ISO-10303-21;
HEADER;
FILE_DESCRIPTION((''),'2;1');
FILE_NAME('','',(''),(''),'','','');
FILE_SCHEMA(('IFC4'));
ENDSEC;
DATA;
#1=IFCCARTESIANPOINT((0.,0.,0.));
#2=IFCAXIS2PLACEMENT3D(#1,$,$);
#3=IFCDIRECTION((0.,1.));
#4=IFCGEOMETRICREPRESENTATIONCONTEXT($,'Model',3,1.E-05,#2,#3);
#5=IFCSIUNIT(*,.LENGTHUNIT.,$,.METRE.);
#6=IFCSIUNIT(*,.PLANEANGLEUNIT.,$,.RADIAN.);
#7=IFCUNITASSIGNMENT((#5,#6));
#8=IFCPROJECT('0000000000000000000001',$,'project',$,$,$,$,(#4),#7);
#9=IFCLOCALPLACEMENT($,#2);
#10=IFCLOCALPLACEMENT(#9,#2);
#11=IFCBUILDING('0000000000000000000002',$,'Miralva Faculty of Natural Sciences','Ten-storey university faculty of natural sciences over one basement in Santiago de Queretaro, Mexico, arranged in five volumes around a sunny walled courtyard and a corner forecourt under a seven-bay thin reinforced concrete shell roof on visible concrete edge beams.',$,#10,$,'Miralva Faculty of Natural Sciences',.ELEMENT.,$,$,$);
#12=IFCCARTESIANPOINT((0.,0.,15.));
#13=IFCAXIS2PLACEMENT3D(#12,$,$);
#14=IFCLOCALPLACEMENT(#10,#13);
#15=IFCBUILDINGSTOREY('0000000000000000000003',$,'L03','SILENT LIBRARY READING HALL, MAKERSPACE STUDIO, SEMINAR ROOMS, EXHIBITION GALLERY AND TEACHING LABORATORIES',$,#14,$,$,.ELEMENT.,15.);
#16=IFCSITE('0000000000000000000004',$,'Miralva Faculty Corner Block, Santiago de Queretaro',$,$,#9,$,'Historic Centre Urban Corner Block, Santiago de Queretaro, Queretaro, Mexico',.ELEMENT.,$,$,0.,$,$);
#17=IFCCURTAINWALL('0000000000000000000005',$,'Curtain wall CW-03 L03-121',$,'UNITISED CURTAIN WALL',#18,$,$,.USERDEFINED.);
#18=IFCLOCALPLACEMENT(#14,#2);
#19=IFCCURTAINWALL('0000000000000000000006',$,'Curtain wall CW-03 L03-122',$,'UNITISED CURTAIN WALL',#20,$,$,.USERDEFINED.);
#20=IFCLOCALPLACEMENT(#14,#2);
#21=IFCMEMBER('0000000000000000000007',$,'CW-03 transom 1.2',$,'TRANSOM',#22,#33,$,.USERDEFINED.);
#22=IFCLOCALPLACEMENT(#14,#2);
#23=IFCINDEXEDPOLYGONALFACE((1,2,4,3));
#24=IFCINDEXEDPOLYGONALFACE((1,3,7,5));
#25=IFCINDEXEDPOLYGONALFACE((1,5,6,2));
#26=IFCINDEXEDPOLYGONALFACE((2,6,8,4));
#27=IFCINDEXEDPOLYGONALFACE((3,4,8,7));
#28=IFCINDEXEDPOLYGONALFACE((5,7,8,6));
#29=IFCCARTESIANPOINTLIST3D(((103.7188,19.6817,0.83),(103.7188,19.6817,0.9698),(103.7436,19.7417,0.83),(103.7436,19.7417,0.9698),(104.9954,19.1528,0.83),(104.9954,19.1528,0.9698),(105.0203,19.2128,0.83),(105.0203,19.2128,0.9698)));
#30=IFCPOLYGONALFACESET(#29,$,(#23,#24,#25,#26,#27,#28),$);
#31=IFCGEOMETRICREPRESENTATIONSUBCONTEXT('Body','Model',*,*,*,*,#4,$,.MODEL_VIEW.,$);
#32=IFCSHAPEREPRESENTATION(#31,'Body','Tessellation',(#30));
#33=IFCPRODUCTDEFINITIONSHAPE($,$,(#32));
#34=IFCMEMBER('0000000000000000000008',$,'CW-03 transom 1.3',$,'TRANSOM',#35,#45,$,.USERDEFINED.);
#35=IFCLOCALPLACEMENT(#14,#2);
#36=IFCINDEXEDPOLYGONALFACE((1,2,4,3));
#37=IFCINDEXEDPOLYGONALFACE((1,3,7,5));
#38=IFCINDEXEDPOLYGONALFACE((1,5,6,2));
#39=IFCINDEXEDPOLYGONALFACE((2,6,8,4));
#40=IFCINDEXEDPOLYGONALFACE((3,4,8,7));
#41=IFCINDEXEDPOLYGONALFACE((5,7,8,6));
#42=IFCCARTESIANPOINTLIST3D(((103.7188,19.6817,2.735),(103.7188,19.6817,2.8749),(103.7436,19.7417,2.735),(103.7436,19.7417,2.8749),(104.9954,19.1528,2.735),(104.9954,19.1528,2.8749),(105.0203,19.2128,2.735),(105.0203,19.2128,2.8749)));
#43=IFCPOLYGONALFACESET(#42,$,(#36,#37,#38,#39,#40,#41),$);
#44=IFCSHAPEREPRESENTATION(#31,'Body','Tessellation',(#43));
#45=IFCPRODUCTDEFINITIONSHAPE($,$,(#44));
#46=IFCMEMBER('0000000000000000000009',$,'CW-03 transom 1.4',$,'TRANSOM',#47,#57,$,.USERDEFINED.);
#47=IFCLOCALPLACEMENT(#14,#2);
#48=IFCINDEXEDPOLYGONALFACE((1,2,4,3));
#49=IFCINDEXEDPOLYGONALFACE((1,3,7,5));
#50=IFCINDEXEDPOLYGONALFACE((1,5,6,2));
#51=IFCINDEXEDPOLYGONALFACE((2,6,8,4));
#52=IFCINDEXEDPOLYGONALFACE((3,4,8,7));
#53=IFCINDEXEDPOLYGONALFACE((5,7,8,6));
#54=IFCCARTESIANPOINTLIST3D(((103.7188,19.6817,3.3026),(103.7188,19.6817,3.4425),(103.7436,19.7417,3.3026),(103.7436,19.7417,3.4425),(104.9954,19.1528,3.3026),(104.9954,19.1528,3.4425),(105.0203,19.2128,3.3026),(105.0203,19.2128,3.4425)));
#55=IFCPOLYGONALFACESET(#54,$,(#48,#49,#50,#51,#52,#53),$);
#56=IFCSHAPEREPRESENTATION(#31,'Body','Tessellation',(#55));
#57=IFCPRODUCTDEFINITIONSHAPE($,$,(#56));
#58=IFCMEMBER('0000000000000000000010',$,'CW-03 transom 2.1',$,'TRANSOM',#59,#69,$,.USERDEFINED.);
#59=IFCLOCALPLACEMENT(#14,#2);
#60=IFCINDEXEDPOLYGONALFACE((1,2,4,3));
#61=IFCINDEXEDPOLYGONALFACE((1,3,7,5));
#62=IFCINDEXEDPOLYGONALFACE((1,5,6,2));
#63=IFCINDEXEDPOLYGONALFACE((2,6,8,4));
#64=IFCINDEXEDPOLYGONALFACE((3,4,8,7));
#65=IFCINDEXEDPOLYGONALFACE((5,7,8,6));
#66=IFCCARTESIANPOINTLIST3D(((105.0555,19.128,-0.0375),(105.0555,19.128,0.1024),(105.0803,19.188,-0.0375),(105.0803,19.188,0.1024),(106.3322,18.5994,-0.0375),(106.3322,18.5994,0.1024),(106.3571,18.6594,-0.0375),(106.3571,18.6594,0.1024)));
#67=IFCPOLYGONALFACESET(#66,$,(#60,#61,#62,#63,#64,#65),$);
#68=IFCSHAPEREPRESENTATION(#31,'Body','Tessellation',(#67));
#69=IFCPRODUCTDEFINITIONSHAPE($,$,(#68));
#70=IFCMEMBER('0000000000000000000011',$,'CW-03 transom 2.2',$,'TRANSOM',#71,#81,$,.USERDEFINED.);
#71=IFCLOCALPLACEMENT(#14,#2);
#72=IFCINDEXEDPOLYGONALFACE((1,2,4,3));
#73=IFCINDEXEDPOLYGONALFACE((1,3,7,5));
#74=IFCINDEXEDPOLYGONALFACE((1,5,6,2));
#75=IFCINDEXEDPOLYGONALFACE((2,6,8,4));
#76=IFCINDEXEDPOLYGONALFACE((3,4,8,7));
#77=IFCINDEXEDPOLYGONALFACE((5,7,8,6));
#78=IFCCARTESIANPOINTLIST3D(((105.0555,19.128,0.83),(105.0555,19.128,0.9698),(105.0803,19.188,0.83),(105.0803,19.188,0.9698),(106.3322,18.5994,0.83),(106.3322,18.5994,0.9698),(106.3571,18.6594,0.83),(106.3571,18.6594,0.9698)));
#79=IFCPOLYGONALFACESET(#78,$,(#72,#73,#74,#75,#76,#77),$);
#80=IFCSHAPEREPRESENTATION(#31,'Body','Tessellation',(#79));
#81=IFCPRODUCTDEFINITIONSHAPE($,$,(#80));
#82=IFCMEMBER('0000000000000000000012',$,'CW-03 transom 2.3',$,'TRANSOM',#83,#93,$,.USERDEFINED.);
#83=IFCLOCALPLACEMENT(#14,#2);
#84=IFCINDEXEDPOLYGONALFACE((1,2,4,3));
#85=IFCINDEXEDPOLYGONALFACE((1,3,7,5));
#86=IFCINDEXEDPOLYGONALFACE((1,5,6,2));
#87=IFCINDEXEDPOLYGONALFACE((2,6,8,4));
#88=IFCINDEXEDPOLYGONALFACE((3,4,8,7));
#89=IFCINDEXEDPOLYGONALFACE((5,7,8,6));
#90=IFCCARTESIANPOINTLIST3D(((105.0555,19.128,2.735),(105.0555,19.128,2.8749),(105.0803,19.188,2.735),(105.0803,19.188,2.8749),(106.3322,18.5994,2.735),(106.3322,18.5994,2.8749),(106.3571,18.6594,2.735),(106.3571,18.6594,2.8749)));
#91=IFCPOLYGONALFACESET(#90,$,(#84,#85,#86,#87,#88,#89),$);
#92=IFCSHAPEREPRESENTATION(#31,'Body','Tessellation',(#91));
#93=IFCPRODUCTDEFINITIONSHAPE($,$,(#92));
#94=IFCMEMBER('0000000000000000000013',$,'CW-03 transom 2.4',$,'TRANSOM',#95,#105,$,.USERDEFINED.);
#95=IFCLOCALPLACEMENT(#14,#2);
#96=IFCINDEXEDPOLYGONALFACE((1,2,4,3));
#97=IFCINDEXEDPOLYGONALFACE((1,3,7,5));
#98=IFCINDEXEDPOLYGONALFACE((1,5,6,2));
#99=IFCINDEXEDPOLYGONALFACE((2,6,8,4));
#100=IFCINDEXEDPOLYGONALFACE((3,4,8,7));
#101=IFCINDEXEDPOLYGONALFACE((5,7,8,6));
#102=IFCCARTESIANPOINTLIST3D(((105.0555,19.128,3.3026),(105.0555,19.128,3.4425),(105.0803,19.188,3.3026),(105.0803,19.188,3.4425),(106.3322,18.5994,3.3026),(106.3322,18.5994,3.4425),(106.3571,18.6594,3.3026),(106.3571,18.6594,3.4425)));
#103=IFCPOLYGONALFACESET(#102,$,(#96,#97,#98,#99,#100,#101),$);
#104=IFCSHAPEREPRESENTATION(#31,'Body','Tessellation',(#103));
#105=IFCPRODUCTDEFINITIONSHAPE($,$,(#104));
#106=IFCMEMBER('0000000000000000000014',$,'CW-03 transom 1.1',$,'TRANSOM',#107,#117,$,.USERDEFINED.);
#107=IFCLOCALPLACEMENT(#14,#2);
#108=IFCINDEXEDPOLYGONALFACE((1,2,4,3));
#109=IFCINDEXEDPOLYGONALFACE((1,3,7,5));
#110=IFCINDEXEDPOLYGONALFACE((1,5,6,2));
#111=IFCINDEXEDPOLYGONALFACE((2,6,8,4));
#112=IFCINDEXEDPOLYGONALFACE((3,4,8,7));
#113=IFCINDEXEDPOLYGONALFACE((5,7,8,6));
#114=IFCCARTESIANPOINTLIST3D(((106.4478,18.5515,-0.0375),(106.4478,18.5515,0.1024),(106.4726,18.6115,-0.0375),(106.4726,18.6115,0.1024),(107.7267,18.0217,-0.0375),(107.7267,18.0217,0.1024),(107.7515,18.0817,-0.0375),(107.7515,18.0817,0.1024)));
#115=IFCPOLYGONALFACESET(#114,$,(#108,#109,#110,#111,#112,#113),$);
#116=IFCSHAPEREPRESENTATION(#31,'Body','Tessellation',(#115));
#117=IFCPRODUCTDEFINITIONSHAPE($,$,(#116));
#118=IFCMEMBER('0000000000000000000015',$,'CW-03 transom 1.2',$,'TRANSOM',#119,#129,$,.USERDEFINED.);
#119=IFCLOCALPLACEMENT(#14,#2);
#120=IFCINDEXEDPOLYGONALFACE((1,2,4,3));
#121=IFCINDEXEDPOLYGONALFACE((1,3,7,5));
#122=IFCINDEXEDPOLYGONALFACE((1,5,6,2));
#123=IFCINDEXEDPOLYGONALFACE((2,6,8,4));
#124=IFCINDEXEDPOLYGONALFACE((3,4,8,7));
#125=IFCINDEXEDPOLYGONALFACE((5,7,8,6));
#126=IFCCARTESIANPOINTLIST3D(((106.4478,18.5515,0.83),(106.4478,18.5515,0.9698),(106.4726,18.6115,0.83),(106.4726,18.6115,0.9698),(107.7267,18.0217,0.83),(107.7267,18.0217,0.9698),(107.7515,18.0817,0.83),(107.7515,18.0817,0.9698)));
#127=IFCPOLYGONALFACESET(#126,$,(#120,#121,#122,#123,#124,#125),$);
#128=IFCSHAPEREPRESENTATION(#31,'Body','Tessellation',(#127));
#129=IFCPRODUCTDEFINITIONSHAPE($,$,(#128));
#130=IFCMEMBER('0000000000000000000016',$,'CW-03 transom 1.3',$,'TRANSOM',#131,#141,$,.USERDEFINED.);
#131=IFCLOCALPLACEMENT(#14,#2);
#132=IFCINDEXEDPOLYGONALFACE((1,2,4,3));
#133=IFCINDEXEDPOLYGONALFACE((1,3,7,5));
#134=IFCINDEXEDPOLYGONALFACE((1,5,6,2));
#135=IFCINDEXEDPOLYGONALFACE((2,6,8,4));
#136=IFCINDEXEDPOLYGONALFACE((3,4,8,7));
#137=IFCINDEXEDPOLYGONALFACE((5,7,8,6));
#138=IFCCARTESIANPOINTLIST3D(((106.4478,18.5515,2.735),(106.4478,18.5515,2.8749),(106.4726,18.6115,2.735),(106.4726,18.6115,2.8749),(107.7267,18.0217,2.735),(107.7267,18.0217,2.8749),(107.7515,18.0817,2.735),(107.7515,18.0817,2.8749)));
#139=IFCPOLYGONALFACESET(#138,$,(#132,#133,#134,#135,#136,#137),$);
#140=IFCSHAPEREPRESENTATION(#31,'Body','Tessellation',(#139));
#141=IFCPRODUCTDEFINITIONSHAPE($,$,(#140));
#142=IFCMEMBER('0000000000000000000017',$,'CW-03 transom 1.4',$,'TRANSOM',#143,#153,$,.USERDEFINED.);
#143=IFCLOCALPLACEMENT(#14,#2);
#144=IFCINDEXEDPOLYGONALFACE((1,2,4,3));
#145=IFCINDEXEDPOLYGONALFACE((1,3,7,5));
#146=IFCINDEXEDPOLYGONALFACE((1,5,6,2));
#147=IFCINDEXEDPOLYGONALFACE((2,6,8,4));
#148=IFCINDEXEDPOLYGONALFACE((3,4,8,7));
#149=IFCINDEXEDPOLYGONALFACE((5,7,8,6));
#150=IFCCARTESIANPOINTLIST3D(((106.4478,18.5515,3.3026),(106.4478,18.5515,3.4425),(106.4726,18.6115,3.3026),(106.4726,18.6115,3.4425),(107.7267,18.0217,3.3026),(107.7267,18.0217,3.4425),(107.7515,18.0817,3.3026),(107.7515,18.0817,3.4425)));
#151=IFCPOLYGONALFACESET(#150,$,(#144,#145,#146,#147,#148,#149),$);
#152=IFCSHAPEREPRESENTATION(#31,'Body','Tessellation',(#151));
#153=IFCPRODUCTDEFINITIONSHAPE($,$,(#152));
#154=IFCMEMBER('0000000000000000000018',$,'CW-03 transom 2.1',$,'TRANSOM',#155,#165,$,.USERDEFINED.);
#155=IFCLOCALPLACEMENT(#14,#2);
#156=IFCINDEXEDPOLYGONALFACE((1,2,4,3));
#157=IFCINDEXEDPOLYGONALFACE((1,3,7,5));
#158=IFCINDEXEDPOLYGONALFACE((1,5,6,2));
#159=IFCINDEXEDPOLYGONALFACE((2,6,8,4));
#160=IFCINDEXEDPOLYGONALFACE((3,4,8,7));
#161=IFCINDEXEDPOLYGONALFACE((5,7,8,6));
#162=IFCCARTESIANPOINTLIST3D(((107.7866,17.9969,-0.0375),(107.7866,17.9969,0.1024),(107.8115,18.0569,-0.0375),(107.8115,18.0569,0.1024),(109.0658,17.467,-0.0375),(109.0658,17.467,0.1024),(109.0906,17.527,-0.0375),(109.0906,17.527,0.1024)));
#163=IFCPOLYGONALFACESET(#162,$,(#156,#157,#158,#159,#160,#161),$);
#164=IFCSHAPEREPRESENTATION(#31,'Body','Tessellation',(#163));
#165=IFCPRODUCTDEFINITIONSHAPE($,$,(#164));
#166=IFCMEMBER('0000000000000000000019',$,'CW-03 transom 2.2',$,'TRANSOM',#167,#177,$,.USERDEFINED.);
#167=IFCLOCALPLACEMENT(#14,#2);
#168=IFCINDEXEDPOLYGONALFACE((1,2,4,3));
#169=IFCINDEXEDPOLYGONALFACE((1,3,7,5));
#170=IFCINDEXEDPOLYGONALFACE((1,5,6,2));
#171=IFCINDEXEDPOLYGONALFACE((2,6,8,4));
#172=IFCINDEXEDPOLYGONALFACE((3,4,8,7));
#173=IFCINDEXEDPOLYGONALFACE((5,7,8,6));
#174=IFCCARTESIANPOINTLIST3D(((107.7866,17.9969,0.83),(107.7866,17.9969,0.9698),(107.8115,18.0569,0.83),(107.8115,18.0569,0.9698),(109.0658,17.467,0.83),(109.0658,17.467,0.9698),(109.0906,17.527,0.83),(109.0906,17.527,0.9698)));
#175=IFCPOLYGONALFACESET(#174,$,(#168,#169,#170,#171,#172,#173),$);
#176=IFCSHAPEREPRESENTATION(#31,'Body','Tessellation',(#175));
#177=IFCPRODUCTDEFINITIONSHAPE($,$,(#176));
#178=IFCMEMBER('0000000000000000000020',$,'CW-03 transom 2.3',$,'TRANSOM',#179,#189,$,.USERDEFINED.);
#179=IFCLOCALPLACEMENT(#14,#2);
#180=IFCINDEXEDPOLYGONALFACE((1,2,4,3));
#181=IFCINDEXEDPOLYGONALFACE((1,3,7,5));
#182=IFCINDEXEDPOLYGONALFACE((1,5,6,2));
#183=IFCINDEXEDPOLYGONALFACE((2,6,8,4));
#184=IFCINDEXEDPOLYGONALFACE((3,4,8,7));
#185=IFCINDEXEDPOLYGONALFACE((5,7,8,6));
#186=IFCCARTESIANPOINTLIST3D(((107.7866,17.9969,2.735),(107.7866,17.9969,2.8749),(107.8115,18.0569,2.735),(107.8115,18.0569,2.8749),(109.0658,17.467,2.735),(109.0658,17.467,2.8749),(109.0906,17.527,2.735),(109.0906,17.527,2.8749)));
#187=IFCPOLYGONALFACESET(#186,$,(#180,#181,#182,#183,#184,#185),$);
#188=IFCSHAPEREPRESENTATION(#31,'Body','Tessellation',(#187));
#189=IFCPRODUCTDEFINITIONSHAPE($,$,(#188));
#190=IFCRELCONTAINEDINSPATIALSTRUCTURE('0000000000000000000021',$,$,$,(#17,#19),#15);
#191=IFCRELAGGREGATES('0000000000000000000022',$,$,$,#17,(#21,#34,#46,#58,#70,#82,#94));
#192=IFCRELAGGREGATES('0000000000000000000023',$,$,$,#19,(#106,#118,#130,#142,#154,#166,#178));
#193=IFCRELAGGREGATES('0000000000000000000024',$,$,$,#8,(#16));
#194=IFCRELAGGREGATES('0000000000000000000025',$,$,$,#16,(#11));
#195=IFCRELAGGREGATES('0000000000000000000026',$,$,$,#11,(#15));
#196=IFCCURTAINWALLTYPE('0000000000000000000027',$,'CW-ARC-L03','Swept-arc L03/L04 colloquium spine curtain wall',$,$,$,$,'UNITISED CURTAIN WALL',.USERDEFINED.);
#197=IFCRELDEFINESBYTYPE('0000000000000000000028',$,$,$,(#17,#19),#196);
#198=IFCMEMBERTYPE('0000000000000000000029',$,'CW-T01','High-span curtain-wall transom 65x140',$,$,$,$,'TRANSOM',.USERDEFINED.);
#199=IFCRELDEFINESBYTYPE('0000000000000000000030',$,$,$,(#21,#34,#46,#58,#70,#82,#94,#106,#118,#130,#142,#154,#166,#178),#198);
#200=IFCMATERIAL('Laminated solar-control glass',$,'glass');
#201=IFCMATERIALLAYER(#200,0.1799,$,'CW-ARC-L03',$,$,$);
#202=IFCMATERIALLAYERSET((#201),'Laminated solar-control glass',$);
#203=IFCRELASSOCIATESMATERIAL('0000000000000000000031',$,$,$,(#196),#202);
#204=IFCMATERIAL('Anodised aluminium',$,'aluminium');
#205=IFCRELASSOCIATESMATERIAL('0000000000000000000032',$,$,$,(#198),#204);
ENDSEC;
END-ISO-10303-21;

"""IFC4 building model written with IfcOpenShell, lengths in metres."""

from ifc_helpers import new_model, si_unit, direction, frame, origin, origin_2d, place, context, subcontext, project, spatial, rectangle, extrude, material, layer, layer_set, material_profile, profile_set, type_object, element, aggregate, save


model = new_model("IFC4")

# Units and contexts
model_context = context("Model", 3, precision=1e-05, world=origin(), true_north=direction((0.0, 1.0)))
body_context = subcontext(model_context, "Body", "Model", "MODEL_VIEW")
ifc_project = project(units=[si_unit("LENGTHUNIT", "METRE"), si_unit("PLANEANGLEUNIT", "RADIAN")], contexts=[model_context])

# Site, building, storey
site_placement = place(None, origin())
site = spatial("IfcSite", under=ifc_project, at=site_placement, Name="Miralva Faculty Corner Block, Santiago de Queretaro", LongName="Historic Centre Urban Corner Block, Santiago de Queretaro, Queretaro, Mexico", CompositionType="ELEMENT", RefElevation=0.0)
building_placement = place(site_placement, origin())
building = spatial("IfcBuilding", under=site, at=building_placement, Name="Miralva Faculty of Natural Sciences", Description="Ten-storey university faculty of natural sciences over one basement in Santiago de Queretaro, Mexico, arranged in five volumes around a sunny walled courtyard and a corner forecourt under a seven-bay thin reinforced concrete shell roof on visible concrete edge beams.", LongName="Miralva Faculty of Natural Sciences", CompositionType="ELEMENT")
storey_placement = place(building_placement, frame((0.0, 0.0, 15.0)))
storey = spatial("IfcBuildingStorey", under=building, at=storey_placement, Name="L03", Description="SILENT LIBRARY READING HALL, MAKERSPACE STUDIO, SEMINAR ROOMS, EXHIBITION GALLERY AND TEACHING LABORATORIES", CompositionType="ELEMENT", Elevation=15.0)

# Shared definitions
ifc_material_1 = material(Name="Laminated solar-control glass", Category="glass")
ifc_layer_1 = layer(ifc_material_1, 0.1799, Name="CW-ARC-L03")
ifc_layer_set_1 = layer_set([ifc_layer_1], Name="Laminated solar-control glass")
curtain_wall_type = type_object("IfcCurtainWallType", Name="CW-ARC-L03", Description="Swept-arc L03/L04 colloquium spine curtain wall", ElementType="UNITISED CURTAIN WALL", PredefinedType="USERDEFINED", material=ifc_layer_set_1)
ifc_material_2 = material(Name="Anodised aluminium", Category="aluminium")

# Curtain walls
curtain_wall_1_placement = place(storey_placement, origin())
curtain_wall_1 = element("IfcCurtainWall", 1, at=curtain_wall_1_placement, inside=storey, type_object=curtain_wall_type, Name="Curtain wall CW-03 L03-121", ObjectType="UNITISED CURTAIN WALL", PredefinedType="USERDEFINED")
curtain_wall_2_placement = place(storey_placement, origin())
curtain_wall_2 = element("IfcCurtainWall", 2, at=curtain_wall_2_placement, inside=storey, type_object=curtain_wall_type, Name="Curtain wall CW-03 L03-122", ObjectType="UNITISED CURTAIN WALL", PredefinedType="USERDEFINED")

# Members
ifc_material_profile_1 = material_profile(ifc_material_2, rectangle(XDim=0.0649, YDim=0.1399, at=origin_2d()), Name="TRANSOM 65x140")
ifc_profile_set_1 = profile_set([ifc_material_profile_1], Name="Anodised aluminium")
member_type_1 = type_object("IfcMemberType", Name="CW-T01", Description="High-span curtain-wall transom 65x140", ElementType="TRANSOM", PredefinedType="USERDEFINED", material=ifc_profile_set_1)
member_1_placement = place(storey_placement, frame((103.7312, 19.7117, 0.8999), z_axis=(0.923875, -0.382695, 0.0), x_axis=(0.382695, 0.923875, 0.0)))
member_1 = element("IfcMember", 3, at=member_1_placement, type_object=member_type_1, Name="CW-03 transom 1.2", ObjectType="TRANSOM", PredefinedType="USERDEFINED", context=body_context, shape_type="SweptSolid", body=[
    extrude(rectangle(XDim=0.0649, YDim=0.1399, at=origin_2d()), origin(), (0.0, 0.0, 1.0), 1.3818),
])
member_2_placement = place(storey_placement, frame((103.7312, 19.7117, 2.8049), z_axis=(0.923875, -0.382695, 0.0), x_axis=(0.382695, 0.923875, 0.0)))
member_2 = element("IfcMember", 4, at=member_2_placement, type_object=member_type_1, Name="CW-03 transom 1.3", ObjectType="TRANSOM", PredefinedType="USERDEFINED", context=body_context, shape_type="SweptSolid", body=[
    extrude(rectangle(XDim=0.0649, YDim=0.1399, at=origin_2d()), origin(), (0.0, 0.0, 1.0), 1.3818),
])
member_3_placement = place(storey_placement, frame((103.7312, 19.7117, 3.3726), z_axis=(0.923875, -0.382695, 0.0), x_axis=(0.382695, 0.923875, 0.0)))
member_3 = element("IfcMember", 5, at=member_3_placement, type_object=member_type_1, Name="CW-03 transom 1.4", ObjectType="TRANSOM", PredefinedType="USERDEFINED", context=body_context, shape_type="SweptSolid", body=[
    extrude(rectangle(XDim=0.0649, YDim=0.1399, at=origin_2d()), origin(), (0.0, 0.0, 1.0), 1.3818),
])
member_4_placement = place(storey_placement, frame((105.0679, 19.158, 0.0325), z_axis=(0.923963, -0.382482, 0.0), x_axis=(0.382482, 0.923963, 0.0)))
member_4 = element("IfcMember", 6, at=member_4_placement, type_object=member_type_1, Name="CW-03 transom 2.1", ObjectType="TRANSOM", PredefinedType="USERDEFINED", context=body_context, shape_type="SweptSolid", body=[
    extrude(rectangle(XDim=0.0649, YDim=0.1399, at=origin_2d()), origin(), (0.0, 0.0, 1.0), 1.3818),
])
member_5_placement = place(storey_placement, frame((105.0679, 19.158, 0.8999), z_axis=(0.923963, -0.382482, 0.0), x_axis=(0.382482, 0.923963, 0.0)))
member_5 = element("IfcMember", 7, at=member_5_placement, type_object=member_type_1, Name="CW-03 transom 2.2", ObjectType="TRANSOM", PredefinedType="USERDEFINED", context=body_context, shape_type="SweptSolid", body=[
    extrude(rectangle(XDim=0.0649, YDim=0.1399, at=origin_2d()), origin(), (0.0, 0.0, 1.0), 1.3818),
])
member_6_placement = place(storey_placement, frame((105.0679, 19.158, 2.8049), z_axis=(0.923963, -0.382482, 0.0), x_axis=(0.382482, 0.923963, 0.0)))
member_6 = element("IfcMember", 8, at=member_6_placement, type_object=member_type_1, Name="CW-03 transom 2.3", ObjectType="TRANSOM", PredefinedType="USERDEFINED", context=body_context, shape_type="SweptSolid", body=[
    extrude(rectangle(XDim=0.0649, YDim=0.1399, at=origin_2d()), origin(), (0.0, 0.0, 1.0), 1.3818),
])
member_7_placement = place(storey_placement, frame((105.0679, 19.158, 3.3726), z_axis=(0.923963, -0.382482, 0.0), x_axis=(0.382482, 0.923963, 0.0)))
member_7 = element("IfcMember", 9, at=member_7_placement, type_object=member_type_1, Name="CW-03 transom 2.4", ObjectType="TRANSOM", PredefinedType="USERDEFINED", context=body_context, shape_type="SweptSolid", body=[
    extrude(rectangle(XDim=0.0649, YDim=0.1399, at=origin_2d()), origin(), (0.0, 0.0, 1.0), 1.3818),
])
member_8_placement = place(storey_placement, frame((106.4602, 18.5815, 0.0325), z_axis=(0.923858, -0.382736, 0.0), x_axis=(0.382736, 0.923858, 0.0)))
member_8 = element("IfcMember", 10, at=member_8_placement, type_object=member_type_1, Name="CW-03 transom 1.1", ObjectType="TRANSOM", PredefinedType="USERDEFINED", context=body_context, shape_type="SweptSolid", body=[
    extrude(rectangle(XDim=0.0649, YDim=0.1399, at=origin_2d()), origin(), (0.0, 0.0, 1.0), 1.3843),
])
member_9_placement = place(storey_placement, frame((106.4602, 18.5815, 0.8999), z_axis=(0.923858, -0.382736, 0.0), x_axis=(0.382736, 0.923858, 0.0)))
member_9 = element("IfcMember", 11, at=member_9_placement, type_object=member_type_1, Name="CW-03 transom 1.2", ObjectType="TRANSOM", PredefinedType="USERDEFINED", context=body_context, shape_type="SweptSolid", body=[
    extrude(rectangle(XDim=0.0649, YDim=0.1399, at=origin_2d()), origin(), (0.0, 0.0, 1.0), 1.3843),
])
member_10_placement = place(storey_placement, frame((106.4602, 18.5815, 2.8049), z_axis=(0.923858, -0.382736, 0.0), x_axis=(0.382736, 0.923858, 0.0)))
member_10 = element("IfcMember", 12, at=member_10_placement, type_object=member_type_1, Name="CW-03 transom 1.3", ObjectType="TRANSOM", PredefinedType="USERDEFINED", context=body_context, shape_type="SweptSolid", body=[
    extrude(rectangle(XDim=0.0649, YDim=0.1399, at=origin_2d()), origin(), (0.0, 0.0, 1.0), 1.3843),
])
member_11_placement = place(storey_placement, frame((106.4602, 18.5815, 3.3726), z_axis=(0.923858, -0.382736, 0.0), x_axis=(0.382736, 0.923858, 0.0)))
member_11 = element("IfcMember", 13, at=member_11_placement, type_object=member_type_1, Name="CW-03 transom 1.4", ObjectType="TRANSOM", PredefinedType="USERDEFINED", context=body_context, shape_type="SweptSolid", body=[
    extrude(rectangle(XDim=0.0649, YDim=0.1399, at=origin_2d()), origin(), (0.0, 0.0, 1.0), 1.3843),
])
member_12_placement = place(storey_placement, frame((107.7991, 18.0269, 0.0325), z_axis=(0.923884, -0.382674, 0.0), x_axis=(0.382674, 0.923884, 0.0)))
member_12 = element("IfcMember", 14, at=member_12_placement, type_object=member_type_1, Name="CW-03 transom 2.1", ObjectType="TRANSOM", PredefinedType="USERDEFINED", context=body_context, shape_type="SweptSolid", body=[
    extrude(rectangle(XDim=0.0649, YDim=0.1399, at=origin_2d()), origin(), (0.0, 0.0, 1.0), 1.3845),
])
member_13_placement = place(storey_placement, frame((107.7991, 18.0269, 0.8999), z_axis=(0.923884, -0.382674, 0.0), x_axis=(0.382674, 0.923884, 0.0)))
member_13 = element("IfcMember", 15, at=member_13_placement, type_object=member_type_1, Name="CW-03 transom 2.2", ObjectType="TRANSOM", PredefinedType="USERDEFINED", context=body_context, shape_type="SweptSolid", body=[
    extrude(rectangle(XDim=0.0649, YDim=0.1399, at=origin_2d()), origin(), (0.0, 0.0, 1.0), 1.3845),
])
member_14_placement = place(storey_placement, frame((107.7991, 18.0269, 2.8049), z_axis=(0.923884, -0.382674, 0.0), x_axis=(0.382674, 0.923884, 0.0)))
member_14 = element("IfcMember", 16, at=member_14_placement, type_object=member_type_1, Name="CW-03 transom 2.3", ObjectType="TRANSOM", PredefinedType="USERDEFINED", context=body_context, shape_type="SweptSolid", body=[
    extrude(rectangle(XDim=0.0649, YDim=0.1399, at=origin_2d()), origin(), (0.0, 0.0, 1.0), 1.3845),
])

aggregate(curtain_wall_1, [member_1, member_2, member_3, member_4, member_5, member_6, member_7])
aggregate(curtain_wall_2, [member_8, member_9, member_10, member_11, member_12, member_13, member_14])

save(model, "model.ifc")
